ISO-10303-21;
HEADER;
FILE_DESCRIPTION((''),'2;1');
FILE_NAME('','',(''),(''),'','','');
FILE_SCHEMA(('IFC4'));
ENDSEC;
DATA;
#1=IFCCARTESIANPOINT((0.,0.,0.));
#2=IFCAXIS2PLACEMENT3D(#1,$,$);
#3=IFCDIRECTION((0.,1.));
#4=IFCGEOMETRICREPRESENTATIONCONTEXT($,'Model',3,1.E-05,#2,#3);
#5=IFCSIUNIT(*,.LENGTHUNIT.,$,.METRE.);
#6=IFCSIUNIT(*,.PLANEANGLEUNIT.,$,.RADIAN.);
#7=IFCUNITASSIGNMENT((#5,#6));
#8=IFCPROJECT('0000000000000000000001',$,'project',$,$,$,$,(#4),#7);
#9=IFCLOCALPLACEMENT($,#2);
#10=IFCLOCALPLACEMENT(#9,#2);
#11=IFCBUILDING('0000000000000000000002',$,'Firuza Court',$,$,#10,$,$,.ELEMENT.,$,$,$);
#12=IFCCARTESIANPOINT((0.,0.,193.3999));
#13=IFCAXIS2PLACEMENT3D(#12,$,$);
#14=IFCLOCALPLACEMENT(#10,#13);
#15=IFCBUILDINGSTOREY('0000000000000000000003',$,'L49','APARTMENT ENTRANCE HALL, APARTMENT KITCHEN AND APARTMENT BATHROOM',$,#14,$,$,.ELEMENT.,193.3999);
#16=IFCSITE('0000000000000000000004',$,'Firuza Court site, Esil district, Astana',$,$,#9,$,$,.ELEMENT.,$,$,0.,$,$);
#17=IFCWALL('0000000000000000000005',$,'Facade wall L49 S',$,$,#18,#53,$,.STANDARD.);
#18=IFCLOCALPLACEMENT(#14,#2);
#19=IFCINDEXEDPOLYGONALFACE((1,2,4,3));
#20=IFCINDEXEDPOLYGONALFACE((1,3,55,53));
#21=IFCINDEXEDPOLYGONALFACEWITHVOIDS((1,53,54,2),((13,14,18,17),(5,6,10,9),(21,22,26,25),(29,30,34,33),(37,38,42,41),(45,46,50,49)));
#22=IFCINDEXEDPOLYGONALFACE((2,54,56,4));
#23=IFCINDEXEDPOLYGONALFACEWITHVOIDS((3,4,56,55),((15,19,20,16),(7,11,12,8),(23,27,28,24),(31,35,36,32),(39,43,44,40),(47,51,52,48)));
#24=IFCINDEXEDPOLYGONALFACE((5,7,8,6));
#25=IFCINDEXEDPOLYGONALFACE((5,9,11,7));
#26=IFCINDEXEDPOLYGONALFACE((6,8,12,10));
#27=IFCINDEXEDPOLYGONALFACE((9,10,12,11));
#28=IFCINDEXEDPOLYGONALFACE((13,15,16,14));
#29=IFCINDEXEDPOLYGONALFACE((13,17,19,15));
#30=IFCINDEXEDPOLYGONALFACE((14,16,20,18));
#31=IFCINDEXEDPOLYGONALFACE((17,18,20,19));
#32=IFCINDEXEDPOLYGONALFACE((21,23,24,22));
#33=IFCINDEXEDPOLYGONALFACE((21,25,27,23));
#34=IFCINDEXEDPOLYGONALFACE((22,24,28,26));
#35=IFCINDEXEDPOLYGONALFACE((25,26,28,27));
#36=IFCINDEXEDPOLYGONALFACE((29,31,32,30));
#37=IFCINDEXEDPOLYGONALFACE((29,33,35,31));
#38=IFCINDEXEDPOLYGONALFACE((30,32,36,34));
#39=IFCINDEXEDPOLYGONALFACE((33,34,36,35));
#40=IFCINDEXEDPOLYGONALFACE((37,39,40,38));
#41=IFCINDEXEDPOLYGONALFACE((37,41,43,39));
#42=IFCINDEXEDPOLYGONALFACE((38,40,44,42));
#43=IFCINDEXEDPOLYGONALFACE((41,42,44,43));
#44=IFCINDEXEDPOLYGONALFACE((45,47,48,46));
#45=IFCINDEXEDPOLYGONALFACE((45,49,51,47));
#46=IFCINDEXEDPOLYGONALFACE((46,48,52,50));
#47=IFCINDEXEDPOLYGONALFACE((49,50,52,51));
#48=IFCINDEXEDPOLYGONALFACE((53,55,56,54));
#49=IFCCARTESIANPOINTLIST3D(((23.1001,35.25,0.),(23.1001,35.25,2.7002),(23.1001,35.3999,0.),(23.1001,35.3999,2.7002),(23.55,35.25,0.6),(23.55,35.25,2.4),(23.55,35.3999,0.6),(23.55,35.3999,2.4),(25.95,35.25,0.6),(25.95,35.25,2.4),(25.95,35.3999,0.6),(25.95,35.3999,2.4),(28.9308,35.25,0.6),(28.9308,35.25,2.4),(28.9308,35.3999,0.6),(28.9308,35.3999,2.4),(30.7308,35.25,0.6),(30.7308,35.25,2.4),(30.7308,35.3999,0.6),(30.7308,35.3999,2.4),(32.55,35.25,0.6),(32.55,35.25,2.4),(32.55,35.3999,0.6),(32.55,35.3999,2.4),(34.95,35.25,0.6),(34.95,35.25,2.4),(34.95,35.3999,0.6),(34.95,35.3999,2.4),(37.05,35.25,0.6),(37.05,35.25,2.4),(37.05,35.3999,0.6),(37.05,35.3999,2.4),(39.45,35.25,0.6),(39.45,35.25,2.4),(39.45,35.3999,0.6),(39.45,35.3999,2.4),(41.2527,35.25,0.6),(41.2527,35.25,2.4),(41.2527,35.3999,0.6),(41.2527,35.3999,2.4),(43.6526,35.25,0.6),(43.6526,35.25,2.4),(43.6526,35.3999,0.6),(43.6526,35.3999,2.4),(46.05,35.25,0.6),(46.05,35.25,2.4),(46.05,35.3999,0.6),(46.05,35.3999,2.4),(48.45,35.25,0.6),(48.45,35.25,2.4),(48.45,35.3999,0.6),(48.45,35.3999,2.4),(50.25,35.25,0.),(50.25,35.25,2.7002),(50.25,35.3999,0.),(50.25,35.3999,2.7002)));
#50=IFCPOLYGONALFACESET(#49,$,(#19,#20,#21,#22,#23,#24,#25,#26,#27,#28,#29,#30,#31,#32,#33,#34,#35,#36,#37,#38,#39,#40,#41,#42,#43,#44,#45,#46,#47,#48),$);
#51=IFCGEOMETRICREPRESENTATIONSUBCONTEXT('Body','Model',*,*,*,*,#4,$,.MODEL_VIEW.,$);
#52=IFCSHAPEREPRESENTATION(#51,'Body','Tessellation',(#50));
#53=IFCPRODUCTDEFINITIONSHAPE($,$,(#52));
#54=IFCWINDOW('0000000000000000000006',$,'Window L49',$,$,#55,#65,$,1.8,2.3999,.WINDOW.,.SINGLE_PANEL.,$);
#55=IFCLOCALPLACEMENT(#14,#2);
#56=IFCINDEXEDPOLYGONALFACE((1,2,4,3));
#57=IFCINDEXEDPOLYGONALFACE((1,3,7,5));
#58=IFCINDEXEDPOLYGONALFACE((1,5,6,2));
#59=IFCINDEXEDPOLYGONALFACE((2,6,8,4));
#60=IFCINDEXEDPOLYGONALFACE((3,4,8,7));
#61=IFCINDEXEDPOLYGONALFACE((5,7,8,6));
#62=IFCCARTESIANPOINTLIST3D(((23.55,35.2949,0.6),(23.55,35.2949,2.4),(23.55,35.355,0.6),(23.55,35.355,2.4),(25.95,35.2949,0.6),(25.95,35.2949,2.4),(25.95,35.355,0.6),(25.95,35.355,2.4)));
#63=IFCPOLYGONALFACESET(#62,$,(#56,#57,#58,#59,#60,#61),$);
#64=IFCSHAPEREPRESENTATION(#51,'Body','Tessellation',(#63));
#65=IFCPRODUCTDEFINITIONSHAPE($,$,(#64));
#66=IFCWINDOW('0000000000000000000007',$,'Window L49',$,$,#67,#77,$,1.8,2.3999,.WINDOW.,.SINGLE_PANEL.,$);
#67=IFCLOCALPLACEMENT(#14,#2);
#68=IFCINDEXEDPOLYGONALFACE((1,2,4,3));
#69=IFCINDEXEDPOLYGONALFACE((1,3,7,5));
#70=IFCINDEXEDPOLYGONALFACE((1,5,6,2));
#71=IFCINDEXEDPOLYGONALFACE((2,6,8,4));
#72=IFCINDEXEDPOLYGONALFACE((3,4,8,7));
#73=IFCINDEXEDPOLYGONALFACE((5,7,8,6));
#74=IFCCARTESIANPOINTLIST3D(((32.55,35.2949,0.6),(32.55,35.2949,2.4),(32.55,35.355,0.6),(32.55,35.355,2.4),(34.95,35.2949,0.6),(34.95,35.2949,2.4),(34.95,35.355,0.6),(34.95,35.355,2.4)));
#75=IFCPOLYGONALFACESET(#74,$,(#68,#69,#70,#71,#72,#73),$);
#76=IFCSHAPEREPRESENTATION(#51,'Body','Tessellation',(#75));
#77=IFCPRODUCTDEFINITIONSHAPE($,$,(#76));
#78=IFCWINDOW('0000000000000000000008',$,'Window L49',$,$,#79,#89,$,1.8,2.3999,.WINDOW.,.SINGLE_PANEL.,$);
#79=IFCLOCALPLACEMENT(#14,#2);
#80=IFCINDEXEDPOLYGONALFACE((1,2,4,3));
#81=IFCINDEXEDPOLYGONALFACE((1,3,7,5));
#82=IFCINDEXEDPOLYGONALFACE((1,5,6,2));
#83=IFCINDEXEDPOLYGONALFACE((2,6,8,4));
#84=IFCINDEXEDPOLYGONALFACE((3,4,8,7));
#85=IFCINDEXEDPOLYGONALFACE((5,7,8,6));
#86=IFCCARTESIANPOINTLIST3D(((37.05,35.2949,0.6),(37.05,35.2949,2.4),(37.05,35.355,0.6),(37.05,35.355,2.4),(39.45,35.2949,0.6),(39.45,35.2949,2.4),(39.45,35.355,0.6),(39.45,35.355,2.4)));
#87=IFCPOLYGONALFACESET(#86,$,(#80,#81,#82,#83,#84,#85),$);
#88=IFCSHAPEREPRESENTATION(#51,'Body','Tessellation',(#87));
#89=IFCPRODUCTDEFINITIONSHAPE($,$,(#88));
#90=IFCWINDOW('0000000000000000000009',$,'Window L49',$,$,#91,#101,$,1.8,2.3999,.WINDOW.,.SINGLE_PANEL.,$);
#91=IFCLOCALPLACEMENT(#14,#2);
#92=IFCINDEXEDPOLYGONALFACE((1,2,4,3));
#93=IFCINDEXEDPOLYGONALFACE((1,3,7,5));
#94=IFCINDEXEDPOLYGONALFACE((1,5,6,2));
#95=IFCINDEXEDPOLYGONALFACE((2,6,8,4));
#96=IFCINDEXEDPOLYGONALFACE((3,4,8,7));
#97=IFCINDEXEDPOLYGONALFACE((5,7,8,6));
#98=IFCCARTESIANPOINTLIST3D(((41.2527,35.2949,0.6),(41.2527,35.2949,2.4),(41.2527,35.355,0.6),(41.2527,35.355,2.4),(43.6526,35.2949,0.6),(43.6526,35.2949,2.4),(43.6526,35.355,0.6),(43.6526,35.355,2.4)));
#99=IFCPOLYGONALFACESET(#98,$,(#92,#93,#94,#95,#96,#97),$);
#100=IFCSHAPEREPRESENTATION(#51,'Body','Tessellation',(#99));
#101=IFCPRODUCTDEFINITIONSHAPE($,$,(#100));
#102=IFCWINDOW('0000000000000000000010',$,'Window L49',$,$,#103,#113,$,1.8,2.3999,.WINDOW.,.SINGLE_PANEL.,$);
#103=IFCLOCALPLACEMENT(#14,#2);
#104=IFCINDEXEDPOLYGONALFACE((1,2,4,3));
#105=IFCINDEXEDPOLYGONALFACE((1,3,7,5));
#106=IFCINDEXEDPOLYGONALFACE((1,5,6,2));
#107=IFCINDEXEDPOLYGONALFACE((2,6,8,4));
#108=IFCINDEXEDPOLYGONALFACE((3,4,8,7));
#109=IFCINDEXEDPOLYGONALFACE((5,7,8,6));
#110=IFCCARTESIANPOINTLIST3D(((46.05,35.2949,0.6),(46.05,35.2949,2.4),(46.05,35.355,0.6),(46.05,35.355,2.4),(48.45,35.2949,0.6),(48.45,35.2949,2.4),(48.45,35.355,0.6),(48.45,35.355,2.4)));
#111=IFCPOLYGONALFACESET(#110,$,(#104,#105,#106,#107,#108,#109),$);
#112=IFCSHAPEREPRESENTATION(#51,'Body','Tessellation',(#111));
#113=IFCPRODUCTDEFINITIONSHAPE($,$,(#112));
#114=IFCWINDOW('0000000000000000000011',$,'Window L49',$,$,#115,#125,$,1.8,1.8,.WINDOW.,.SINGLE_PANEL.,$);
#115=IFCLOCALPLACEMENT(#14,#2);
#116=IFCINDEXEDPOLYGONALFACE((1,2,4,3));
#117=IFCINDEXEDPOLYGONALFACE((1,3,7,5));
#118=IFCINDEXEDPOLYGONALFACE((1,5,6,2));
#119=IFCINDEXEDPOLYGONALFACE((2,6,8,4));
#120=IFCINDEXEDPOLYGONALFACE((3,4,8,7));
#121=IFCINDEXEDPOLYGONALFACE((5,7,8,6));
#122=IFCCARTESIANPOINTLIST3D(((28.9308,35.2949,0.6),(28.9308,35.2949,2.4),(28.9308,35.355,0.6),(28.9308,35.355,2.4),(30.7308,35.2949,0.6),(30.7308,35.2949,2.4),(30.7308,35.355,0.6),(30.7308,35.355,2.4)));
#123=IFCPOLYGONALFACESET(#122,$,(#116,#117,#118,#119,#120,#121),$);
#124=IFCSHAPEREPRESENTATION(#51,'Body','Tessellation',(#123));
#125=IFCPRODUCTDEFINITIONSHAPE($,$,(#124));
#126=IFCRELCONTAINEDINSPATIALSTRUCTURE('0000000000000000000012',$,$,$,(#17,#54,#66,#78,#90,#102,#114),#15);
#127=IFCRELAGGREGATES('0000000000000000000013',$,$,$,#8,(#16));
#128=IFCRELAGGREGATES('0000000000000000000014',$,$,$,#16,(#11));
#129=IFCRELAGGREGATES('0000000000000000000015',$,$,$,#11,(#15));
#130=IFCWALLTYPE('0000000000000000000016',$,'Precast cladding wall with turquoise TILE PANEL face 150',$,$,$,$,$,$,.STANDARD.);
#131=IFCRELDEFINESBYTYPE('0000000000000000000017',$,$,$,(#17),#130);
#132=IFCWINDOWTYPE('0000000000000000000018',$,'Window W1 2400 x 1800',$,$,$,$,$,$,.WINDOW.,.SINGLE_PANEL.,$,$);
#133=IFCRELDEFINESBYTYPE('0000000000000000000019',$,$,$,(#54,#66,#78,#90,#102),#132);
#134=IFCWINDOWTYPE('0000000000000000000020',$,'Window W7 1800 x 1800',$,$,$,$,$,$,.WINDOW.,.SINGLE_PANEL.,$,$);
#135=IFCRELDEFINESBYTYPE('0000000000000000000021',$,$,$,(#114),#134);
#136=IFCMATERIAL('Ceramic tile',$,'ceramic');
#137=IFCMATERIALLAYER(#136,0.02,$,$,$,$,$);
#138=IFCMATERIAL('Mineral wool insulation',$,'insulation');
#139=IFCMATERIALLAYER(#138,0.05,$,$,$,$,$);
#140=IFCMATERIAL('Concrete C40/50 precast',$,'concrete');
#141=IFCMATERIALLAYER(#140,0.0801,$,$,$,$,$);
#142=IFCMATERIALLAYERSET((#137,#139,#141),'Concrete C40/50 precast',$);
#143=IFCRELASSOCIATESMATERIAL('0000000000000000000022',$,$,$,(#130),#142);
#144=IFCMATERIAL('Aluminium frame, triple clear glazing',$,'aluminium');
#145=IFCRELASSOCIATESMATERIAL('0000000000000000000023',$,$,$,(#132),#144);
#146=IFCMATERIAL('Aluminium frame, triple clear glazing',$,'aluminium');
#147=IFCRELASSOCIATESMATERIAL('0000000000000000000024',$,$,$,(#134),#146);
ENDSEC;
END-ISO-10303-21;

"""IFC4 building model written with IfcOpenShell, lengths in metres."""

from ifc_helpers import new_model, si_unit, direction, frame, frame_2d, origin, place, context, subcontext, project, spatial, rectangle, extrude, material, layer, layer_set, type_object, element, fill, save


model = new_model("IFC4")

# Units and contexts
model_context = context("Model", 3, precision=1e-05, world=origin(), true_north=direction((0.0, 1.0)))
body_context = subcontext(model_context, "Body", "Model", "MODEL_VIEW")
ifc_project = project(units=[si_unit("LENGTHUNIT", "METRE"), si_unit("PLANEANGLEUNIT", "RADIAN")], contexts=[model_context])

# Site, building, storey
site_placement = place(None, origin())
site = spatial("IfcSite", under=ifc_project, at=site_placement, Name="Firuza Court site, Esil district, Astana", CompositionType="ELEMENT", RefElevation=0.0)
building_placement = place(site_placement, origin())
building = spatial("IfcBuilding", under=site, at=building_placement, Name="Firuza Court", CompositionType="ELEMENT")
storey_placement = place(building_placement, frame((0.0, 0.0, 193.3999)))
storey = spatial("IfcBuildingStorey", under=building, at=storey_placement, Name="L49", Description="APARTMENT ENTRANCE HALL, APARTMENT KITCHEN AND APARTMENT BATHROOM", CompositionType="ELEMENT", Elevation=193.3999)

# Wall, openings, windows
ifc_material_1 = material(Name="Ceramic tile", Category="ceramic")
ifc_layer_1 = layer(ifc_material_1, 0.02)
ifc_material_2 = material(Name="Mineral wool insulation", Category="insulation")
ifc_layer_2 = layer(ifc_material_2, 0.05)
ifc_material_3 = material(Name="Concrete C40/50 precast", Category="concrete")
ifc_layer_3 = layer(ifc_material_3, 0.0801)
ifc_layer_set_1 = layer_set([ifc_layer_1, ifc_layer_2, ifc_layer_3], Name="Concrete C40/50 precast")
wall_type_1 = type_object("IfcWallType", Name="Precast cladding wall with turquoise TILE PANEL face 150", PredefinedType="STANDARD", material=ifc_layer_set_1)
ifc_material_4 = material(Name="Aluminium frame, triple clear glazing", Category="aluminium")
window_type_1 = type_object("IfcWindowType", Name="Window W1 2400 x 1800", PartitioningType="SINGLE_PANEL", PredefinedType="WINDOW", material=ifc_material_4)
wall_1_placement = place(storey_placement, frame((23.1001, 35.325, 0.0), z_axis=(0.0, 0.0, 1.0), x_axis=(1.0, 0.0, 0.0)))
wall_1 = element("IfcWall", 1, at=wall_1_placement, inside=storey, type_object=wall_type_1, Name="Facade wall L49 S", PredefinedType="STANDARD", context=body_context, shape_type="SweptSolid", body=[
    extrude(rectangle(XDim=27.1499, YDim=0.1499, at=frame_2d((13.575, 0.0))), origin(), (0.0, 0.0, 1.0), 2.7002),
])
opening_1_placement = place(wall_1_placement, frame((0.45, 0.0, 0.6001)))
opening_1 = element("IfcOpeningElement", 2, at=opening_1_placement, cuts=wall_1, PredefinedType="OPENING", context=body_context, shape_type="SweptSolid", body=[
    extrude(rectangle(XDim=2.3999, YDim=1.8, at=frame_2d((1.2, 0.8999))), frame((0.0, 0.0869, 0.0), z_axis=(0.0, -1.0, 0.0), x_axis=(1.0, 0.0, 0.0)), (0.0, 0.0, 1.0), 0.1738),
])
opening_2_placement = place(wall_1_placement, frame((5.8308, 0.0, 0.6001)))
opening_2 = element("IfcOpeningElement", 3, at=opening_2_placement, cuts=wall_1, PredefinedType="OPENING", context=body_context, shape_type="SweptSolid", body=[
    extrude(rectangle(XDim=1.8, YDim=1.8, at=frame_2d((0.8999, 0.8999))), frame((0.0, 0.0869, 0.0), z_axis=(0.0, -1.0, 0.0), x_axis=(1.0, 0.0, 0.0)), (0.0, 0.0, 1.0), 0.1738),
])
opening_3_placement = place(wall_1_placement, frame((9.45, 0.0, 0.6001)))
opening_3 = element("IfcOpeningElement", 4, at=opening_3_placement, cuts=wall_1, PredefinedType="OPENING", context=body_context, shape_type="SweptSolid", body=[
    extrude(rectangle(XDim=2.3999, YDim=1.8, at=frame_2d((1.2, 0.8999))), frame((0.0, 0.0869, 0.0), z_axis=(0.0, -1.0, 0.0), x_axis=(1.0, 0.0, 0.0)), (0.0, 0.0, 1.0), 0.1738),
])
opening_4_placement = place(wall_1_placement, frame((13.95, 0.0, 0.6001)))
opening_4 = element("IfcOpeningElement", 5, at=opening_4_placement, cuts=wall_1, PredefinedType="OPENING", context=body_context, shape_type="SweptSolid", body=[
    extrude(rectangle(XDim=2.3999, YDim=1.8, at=frame_2d((1.2, 0.8999))), frame((0.0, 0.0869, 0.0), z_axis=(0.0, -1.0, 0.0), x_axis=(1.0, 0.0, 0.0)), (0.0, 0.0, 1.0), 0.1738),
])
opening_5_placement = place(wall_1_placement, frame((18.1526, 0.0, 0.6001)))
opening_5 = element("IfcOpeningElement", 6, at=opening_5_placement, cuts=wall_1, PredefinedType="OPENING", context=body_context, shape_type="SweptSolid", body=[
    extrude(rectangle(XDim=2.3999, YDim=1.8, at=frame_2d((1.2, 0.8999))), frame((0.0, 0.0869, 0.0), z_axis=(0.0, -1.0, 0.0), x_axis=(1.0, 0.0, 0.0)), (0.0, 0.0, 1.0), 0.1738),
])
opening_6_placement = place(wall_1_placement, frame((22.95, 0.0, 0.6001)))
opening_6 = element("IfcOpeningElement", 7, at=opening_6_placement, cuts=wall_1, PredefinedType="OPENING", context=body_context, shape_type="SweptSolid", body=[
    extrude(rectangle(XDim=2.3999, YDim=1.8, at=frame_2d((1.2, 0.8999))), frame((0.0, 0.0869, 0.0), z_axis=(0.0, -1.0, 0.0), x_axis=(1.0, 0.0, 0.0)), (0.0, 0.0, 1.0), 0.1738),
])
window_1_placement = place(opening_1_placement, origin())
window_1 = element("IfcWindow", 8, at=window_1_placement, inside=storey, type_object=window_type_1, Name="Window L49", OverallHeight=1.8, OverallWidth=2.3999, PartitioningType="SINGLE_PANEL", PredefinedType="WINDOW", context=body_context, shape_type="SweptSolid", body=[
    extrude(rectangle(XDim=2.3999, YDim=1.8, at=frame_2d((1.2, 0.8999))), frame((0.0, 0.03, 0.0), z_axis=(0.0, -1.0, 0.0), x_axis=(1.0, 0.0, 0.0)), (0.0, 0.0, 1.0), 0.0601),
])
fill(opening_1, window_1)
window_2_placement = place(opening_3_placement, origin())
window_2 = element("IfcWindow", 9, at=window_2_placement, inside=storey, type_object=window_type_1, Name="Window L49", OverallHeight=1.8, OverallWidth=2.3999, PartitioningType="SINGLE_PANEL", PredefinedType="WINDOW", context=body_context, shape_type="SweptSolid", body=[
    extrude(rectangle(XDim=2.3999, YDim=1.8, at=frame_2d((1.2, 0.8999))), frame((0.0, 0.03, 0.0), z_axis=(0.0, -1.0, 0.0), x_axis=(1.0, 0.0, 0.0)), (0.0, 0.0, 1.0), 0.0601),
])
fill(opening_3, window_2)
window_3_placement = place(opening_4_placement, origin())
window_3 = element("IfcWindow", 10, at=window_3_placement, inside=storey, type_object=window_type_1, Name="Window L49", OverallHeight=1.8, OverallWidth=2.3999, PartitioningType="SINGLE_PANEL", PredefinedType="WINDOW", context=body_context, shape_type="SweptSolid", body=[
    extrude(rectangle(XDim=2.3999, YDim=1.8, at=frame_2d((1.2, 0.8999))), frame((0.0, 0.03, 0.0), z_axis=(0.0, -1.0, 0.0), x_axis=(1.0, 0.0, 0.0)), (0.0, 0.0, 1.0), 0.0601),
])
fill(opening_4, window_3)
window_4_placement = place(opening_5_placement, origin())
window_4 = element("IfcWindow", 11, at=window_4_placement, inside=storey, type_object=window_type_1, Name="Window L49", OverallHeight=1.8, OverallWidth=2.3999, PartitioningType="SINGLE_PANEL", PredefinedType="WINDOW", context=body_context, shape_type="SweptSolid", body=[
    extrude(rectangle(XDim=2.3999, YDim=1.8, at=frame_2d((1.2, 0.8999))), frame((0.0, 0.03, 0.0), z_axis=(0.0, -1.0, 0.0), x_axis=(1.0, 0.0, 0.0)), (0.0, 0.0, 1.0), 0.0601),
])
fill(opening_5, window_4)
window_5_placement = place(opening_6_placement, origin())
window_5 = element("IfcWindow", 12, at=window_5_placement, inside=storey, type_object=window_type_1, Name="Window L49", OverallHeight=1.8, OverallWidth=2.3999, PartitioningType="SINGLE_PANEL", PredefinedType="WINDOW", context=body_context, shape_type="SweptSolid", body=[
    extrude(rectangle(XDim=2.3999, YDim=1.8, at=frame_2d((1.2, 0.8999))), frame((0.0, 0.03, 0.0), z_axis=(0.0, -1.0, 0.0), x_axis=(1.0, 0.0, 0.0)), (0.0, 0.0, 1.0), 0.0601),
])
fill(opening_6, window_5)
ifc_material_5 = material(Name="Aluminium frame, triple clear glazing", Category="aluminium")
window_type_2 = type_object("IfcWindowType", Name="Window W7 1800 x 1800", PartitioningType="SINGLE_PANEL", PredefinedType="WINDOW", material=ifc_material_5)
window_6_placement = place(opening_2_placement, origin())
window_6 = element("IfcWindow", 13, at=window_6_placement, inside=storey, type_object=window_type_2, Name="Window L49", OverallHeight=1.8, OverallWidth=1.8, PartitioningType="SINGLE_PANEL", PredefinedType="WINDOW", context=body_context, shape_type="SweptSolid", body=[
    extrude(rectangle(XDim=1.8, YDim=1.8, at=frame_2d((0.8999, 0.8999))), frame((0.0, 0.03, 0.0), z_axis=(0.0, -1.0, 0.0), x_axis=(1.0, 0.0, 0.0)), (0.0, 0.0, 1.0), 0.0601),
])
fill(opening_2, window_6)

save(model, "model.ifc")
